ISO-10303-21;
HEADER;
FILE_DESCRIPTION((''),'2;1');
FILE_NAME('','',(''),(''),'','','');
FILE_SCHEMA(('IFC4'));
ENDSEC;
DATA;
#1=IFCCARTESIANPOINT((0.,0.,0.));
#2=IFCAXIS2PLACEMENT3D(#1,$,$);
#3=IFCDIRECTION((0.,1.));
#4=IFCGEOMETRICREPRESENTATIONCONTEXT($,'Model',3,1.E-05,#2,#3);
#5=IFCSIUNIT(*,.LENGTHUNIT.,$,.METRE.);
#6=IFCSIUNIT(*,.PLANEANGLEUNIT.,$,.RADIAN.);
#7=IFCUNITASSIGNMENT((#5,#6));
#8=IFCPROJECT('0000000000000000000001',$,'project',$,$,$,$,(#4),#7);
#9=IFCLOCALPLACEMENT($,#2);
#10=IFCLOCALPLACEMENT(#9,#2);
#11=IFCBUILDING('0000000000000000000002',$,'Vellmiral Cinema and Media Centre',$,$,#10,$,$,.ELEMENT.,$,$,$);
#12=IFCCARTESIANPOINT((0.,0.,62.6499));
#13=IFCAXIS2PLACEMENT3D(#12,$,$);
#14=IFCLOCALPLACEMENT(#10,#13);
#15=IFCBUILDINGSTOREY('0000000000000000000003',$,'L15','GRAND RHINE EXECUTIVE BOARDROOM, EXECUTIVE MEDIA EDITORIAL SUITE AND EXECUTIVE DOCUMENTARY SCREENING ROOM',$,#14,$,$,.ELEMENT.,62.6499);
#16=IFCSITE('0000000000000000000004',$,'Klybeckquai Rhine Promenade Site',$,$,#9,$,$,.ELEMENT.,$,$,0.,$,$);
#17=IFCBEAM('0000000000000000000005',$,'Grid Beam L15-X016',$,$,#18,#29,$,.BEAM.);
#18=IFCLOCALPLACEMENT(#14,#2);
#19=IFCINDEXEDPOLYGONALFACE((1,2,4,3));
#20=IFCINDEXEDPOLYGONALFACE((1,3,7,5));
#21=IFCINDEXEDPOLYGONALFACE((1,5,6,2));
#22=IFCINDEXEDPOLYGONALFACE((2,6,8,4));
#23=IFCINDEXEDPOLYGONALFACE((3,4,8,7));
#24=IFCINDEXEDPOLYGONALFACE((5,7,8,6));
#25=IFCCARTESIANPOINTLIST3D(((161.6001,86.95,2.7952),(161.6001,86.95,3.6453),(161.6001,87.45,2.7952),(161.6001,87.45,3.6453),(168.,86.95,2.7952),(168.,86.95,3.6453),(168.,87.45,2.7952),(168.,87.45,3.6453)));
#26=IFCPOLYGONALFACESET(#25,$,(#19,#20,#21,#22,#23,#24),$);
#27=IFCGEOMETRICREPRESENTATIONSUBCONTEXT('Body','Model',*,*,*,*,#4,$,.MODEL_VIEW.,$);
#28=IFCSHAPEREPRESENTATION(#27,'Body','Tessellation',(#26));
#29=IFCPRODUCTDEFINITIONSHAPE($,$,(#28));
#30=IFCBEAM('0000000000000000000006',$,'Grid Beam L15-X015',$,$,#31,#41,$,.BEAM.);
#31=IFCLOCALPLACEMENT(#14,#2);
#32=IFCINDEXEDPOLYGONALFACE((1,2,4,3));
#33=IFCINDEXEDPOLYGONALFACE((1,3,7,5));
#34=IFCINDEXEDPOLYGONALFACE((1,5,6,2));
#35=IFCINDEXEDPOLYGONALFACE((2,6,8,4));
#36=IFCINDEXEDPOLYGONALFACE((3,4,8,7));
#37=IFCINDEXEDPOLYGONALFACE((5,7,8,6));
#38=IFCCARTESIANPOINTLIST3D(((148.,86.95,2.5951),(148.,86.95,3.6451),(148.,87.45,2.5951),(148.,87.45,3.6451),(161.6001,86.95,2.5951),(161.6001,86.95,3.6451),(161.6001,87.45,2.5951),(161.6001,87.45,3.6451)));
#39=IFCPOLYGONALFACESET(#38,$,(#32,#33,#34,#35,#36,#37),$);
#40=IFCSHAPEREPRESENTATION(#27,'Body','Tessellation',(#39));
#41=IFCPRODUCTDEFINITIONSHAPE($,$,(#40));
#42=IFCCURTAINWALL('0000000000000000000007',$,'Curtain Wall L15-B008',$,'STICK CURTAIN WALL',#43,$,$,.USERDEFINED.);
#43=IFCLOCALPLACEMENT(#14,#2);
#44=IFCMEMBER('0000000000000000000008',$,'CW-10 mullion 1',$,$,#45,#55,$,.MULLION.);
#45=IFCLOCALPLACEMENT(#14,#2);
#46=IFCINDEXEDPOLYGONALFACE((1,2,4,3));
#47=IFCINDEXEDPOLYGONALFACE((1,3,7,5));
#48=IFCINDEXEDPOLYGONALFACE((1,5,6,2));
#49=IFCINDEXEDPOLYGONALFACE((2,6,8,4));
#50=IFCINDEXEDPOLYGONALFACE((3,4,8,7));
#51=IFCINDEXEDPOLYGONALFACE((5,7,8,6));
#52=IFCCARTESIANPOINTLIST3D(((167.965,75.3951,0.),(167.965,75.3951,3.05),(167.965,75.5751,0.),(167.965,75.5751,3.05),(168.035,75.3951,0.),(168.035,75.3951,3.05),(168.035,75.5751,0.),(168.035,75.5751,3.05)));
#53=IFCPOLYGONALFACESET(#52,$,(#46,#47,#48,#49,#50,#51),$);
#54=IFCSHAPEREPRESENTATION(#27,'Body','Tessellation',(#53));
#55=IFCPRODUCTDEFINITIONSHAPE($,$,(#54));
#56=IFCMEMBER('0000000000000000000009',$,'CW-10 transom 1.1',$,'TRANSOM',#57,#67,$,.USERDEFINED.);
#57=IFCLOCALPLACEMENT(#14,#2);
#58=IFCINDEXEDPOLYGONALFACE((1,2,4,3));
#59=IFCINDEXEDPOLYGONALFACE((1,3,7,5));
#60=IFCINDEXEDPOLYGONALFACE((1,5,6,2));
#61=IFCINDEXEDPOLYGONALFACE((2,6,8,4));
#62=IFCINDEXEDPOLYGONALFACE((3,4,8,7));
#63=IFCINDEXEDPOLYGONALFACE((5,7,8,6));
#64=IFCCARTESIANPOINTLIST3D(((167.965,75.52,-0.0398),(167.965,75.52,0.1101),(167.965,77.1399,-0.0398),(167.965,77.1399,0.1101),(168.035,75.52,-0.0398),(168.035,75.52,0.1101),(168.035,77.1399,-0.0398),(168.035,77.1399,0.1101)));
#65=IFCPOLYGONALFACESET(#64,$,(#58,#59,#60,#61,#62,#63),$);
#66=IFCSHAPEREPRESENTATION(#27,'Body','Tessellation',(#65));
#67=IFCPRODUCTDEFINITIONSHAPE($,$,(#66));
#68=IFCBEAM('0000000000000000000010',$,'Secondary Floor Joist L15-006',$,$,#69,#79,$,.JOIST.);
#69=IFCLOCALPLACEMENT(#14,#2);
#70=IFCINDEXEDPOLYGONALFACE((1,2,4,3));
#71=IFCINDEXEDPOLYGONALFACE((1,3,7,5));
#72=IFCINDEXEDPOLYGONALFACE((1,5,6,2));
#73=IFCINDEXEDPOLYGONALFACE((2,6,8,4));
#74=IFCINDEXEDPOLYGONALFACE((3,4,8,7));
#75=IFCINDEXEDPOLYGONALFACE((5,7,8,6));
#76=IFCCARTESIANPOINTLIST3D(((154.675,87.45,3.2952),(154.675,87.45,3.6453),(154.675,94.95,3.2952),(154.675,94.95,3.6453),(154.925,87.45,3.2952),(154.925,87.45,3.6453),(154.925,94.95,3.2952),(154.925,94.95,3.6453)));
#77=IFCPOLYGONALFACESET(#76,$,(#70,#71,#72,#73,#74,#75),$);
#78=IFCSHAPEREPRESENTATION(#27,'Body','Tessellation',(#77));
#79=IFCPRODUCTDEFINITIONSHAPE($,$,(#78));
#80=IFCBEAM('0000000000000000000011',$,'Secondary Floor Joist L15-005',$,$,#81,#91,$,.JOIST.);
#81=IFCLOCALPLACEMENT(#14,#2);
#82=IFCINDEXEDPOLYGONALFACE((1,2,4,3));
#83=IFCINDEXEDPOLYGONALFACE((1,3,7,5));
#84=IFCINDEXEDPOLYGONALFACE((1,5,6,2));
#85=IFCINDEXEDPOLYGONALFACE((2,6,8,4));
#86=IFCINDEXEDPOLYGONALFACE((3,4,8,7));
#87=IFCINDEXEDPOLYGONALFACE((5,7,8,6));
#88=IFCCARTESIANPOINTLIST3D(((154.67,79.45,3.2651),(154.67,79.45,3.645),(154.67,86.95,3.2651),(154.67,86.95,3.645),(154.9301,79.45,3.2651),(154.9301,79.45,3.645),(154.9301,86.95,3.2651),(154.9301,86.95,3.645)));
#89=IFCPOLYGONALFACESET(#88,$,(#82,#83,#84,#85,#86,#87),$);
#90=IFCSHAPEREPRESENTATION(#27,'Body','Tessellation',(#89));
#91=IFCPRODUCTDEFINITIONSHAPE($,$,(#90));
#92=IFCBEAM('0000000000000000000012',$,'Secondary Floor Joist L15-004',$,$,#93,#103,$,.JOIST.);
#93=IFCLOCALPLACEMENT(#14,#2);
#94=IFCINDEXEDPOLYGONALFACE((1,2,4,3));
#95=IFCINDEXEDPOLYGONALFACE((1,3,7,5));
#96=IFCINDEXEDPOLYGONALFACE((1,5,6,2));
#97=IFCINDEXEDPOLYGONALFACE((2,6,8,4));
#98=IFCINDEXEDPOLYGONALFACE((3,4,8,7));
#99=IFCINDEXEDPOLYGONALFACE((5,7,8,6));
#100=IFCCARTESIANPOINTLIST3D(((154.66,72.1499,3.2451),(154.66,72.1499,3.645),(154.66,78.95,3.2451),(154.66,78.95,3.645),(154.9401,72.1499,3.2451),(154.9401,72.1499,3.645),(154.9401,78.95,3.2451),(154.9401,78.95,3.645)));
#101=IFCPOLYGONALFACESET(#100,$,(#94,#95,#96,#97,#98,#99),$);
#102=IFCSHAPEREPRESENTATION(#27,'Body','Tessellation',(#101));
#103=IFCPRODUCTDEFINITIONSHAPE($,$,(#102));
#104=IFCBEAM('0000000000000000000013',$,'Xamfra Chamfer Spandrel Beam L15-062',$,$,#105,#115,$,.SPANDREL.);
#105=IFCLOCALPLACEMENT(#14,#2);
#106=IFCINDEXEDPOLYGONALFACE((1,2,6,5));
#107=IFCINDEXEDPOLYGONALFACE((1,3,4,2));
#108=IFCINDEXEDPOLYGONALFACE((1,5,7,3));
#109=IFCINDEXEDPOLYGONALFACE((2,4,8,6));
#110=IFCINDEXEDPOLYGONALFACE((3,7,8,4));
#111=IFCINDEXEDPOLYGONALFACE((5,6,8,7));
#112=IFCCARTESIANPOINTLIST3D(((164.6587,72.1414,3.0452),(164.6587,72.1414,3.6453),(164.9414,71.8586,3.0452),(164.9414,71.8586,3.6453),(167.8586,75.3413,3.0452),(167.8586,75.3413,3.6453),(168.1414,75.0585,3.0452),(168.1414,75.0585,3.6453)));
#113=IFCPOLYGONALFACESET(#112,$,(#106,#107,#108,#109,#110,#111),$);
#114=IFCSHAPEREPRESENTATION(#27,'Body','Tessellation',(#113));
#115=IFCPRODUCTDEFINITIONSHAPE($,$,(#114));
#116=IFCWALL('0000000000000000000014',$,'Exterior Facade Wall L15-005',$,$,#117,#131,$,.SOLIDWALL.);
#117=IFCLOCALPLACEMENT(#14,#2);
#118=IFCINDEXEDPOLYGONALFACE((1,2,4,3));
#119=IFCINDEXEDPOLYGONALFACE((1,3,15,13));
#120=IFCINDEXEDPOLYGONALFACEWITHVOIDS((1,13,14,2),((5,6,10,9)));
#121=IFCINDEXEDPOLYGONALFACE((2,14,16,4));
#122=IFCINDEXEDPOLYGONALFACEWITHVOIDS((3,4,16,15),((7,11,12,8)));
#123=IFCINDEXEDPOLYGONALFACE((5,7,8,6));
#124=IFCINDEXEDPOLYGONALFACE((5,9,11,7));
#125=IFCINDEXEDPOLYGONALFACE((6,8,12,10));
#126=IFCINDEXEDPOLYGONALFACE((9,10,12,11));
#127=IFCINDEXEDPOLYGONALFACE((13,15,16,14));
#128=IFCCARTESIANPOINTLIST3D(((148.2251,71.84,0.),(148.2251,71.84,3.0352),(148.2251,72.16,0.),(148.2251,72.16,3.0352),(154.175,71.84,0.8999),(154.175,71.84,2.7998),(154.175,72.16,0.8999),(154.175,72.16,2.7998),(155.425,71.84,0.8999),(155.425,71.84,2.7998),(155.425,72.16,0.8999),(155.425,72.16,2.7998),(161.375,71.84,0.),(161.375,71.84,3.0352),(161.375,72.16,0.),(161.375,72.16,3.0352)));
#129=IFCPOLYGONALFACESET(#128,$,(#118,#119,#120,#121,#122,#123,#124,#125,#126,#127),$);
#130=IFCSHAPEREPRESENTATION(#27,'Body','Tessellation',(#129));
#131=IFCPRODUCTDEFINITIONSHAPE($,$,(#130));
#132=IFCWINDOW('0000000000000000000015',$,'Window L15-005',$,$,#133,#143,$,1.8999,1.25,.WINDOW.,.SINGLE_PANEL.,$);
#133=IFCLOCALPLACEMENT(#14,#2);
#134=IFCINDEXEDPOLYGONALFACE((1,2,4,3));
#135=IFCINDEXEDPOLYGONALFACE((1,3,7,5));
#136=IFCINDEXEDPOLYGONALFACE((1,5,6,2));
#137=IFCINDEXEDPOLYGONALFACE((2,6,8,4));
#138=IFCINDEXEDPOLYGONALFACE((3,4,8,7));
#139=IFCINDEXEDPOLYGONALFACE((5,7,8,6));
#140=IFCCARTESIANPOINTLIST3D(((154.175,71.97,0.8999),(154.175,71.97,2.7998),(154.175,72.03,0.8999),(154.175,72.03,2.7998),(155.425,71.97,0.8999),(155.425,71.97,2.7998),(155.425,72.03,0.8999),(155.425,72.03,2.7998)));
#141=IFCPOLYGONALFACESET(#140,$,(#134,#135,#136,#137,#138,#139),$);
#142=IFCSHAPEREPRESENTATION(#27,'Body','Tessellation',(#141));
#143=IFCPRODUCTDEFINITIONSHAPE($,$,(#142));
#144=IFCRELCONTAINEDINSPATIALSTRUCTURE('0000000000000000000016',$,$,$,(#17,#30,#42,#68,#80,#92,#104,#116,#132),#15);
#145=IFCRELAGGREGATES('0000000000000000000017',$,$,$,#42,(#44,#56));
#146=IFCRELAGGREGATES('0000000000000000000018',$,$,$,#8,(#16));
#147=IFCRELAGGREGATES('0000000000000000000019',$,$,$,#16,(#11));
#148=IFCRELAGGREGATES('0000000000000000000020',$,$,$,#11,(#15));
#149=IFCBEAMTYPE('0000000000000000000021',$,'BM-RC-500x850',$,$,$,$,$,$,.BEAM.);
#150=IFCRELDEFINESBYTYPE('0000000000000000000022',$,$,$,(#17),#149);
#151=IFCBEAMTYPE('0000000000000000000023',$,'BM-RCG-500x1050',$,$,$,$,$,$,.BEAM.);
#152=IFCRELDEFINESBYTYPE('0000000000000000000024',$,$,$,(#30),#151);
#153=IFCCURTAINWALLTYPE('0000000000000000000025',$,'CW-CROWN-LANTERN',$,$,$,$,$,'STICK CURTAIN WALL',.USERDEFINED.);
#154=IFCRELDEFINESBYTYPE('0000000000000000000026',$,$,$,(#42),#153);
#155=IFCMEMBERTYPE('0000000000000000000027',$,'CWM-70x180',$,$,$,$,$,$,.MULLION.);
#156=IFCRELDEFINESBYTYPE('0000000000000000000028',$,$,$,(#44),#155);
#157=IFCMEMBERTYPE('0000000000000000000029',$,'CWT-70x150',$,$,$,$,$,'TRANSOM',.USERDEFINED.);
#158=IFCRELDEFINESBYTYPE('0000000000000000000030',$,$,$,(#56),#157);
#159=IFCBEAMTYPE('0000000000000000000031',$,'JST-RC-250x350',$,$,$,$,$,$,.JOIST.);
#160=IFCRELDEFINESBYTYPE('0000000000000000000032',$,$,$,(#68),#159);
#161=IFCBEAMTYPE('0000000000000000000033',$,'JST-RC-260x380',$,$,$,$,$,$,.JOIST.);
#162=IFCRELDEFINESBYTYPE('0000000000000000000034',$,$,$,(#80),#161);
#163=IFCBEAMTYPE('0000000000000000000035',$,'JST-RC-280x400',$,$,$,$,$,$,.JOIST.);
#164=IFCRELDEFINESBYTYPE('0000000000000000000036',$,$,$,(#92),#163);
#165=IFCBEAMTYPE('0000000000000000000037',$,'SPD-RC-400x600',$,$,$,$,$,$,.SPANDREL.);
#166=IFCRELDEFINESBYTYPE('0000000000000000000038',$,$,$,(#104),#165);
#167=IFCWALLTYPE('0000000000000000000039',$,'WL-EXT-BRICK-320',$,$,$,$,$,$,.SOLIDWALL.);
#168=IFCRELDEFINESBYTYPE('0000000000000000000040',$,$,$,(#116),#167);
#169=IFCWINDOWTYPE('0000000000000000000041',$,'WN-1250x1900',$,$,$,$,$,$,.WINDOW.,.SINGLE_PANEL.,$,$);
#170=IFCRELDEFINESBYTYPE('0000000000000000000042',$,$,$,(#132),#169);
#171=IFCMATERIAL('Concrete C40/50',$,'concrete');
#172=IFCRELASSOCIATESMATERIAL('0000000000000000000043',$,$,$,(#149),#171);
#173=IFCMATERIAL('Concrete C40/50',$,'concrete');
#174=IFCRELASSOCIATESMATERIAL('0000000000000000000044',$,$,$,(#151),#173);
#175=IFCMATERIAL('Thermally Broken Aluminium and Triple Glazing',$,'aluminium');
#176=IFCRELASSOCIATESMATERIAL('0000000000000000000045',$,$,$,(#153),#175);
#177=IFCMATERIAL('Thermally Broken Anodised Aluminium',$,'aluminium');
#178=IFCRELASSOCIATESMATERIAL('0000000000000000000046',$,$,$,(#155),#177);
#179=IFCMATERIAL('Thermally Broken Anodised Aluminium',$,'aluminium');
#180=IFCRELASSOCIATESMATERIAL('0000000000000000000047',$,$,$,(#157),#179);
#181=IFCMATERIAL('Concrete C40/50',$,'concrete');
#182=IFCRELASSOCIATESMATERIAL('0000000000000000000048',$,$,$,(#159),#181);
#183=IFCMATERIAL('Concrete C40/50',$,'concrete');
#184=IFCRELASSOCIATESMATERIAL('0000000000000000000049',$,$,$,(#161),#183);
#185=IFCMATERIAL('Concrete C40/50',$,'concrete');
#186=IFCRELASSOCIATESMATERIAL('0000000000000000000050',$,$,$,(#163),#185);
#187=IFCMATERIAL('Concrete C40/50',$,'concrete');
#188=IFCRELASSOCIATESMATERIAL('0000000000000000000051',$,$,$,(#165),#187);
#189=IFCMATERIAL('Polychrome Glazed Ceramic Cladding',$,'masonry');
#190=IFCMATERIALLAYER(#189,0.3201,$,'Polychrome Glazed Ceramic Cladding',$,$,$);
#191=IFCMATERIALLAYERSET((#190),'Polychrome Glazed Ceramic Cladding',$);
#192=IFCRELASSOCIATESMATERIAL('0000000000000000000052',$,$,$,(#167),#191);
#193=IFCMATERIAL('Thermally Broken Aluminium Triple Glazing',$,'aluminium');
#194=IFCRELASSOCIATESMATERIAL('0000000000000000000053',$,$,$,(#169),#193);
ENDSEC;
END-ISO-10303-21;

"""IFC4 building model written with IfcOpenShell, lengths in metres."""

from ifc_helpers import new_model, si_unit, direction, frame, frame_2d, origin, origin_2d, place, context, subcontext, project, spatial, rectangle, extrude, material, layer, layer_set, material_profile, profile_set, type_object, element, fill, aggregate, save


model = new_model("IFC4")

# Units and contexts
model_context = context("Model", 3, precision=1e-05, world=origin(), true_north=direction((0.0, 1.0)))
body_context = subcontext(model_context, "Body", "Model", "MODEL_VIEW")
ifc_project = project(units=[si_unit("LENGTHUNIT", "METRE"), si_unit("PLANEANGLEUNIT", "RADIAN")], contexts=[model_context])

# Site, building, storey
site_placement = place(None, origin())
site = spatial("IfcSite", under=ifc_project, at=site_placement, Name="Klybeckquai Rhine Promenade Site", CompositionType="ELEMENT", RefElevation=0.0)
building_placement = place(site_placement, origin())
building = spatial("IfcBuilding", under=site, at=building_placement, Name="Vellmiral Cinema and Media Centre", CompositionType="ELEMENT")
storey_placement = place(building_placement, frame((0.0, 0.0, 62.6499)))
storey = spatial("IfcBuildingStorey", under=building, at=storey_placement, Name="L15", Description="GRAND RHINE EXECUTIVE BOARDROOM, EXECUTIVE MEDIA EDITORIAL SUITE AND EXECUTIVE DOCUMENTARY SCREENING ROOM", CompositionType="ELEMENT", Elevation=62.6499)

# Beams
ifc_material_1 = material(Name="Concrete C40/50", Category="concrete")
ifc_material_profile_1 = material_profile(ifc_material_1, rectangle(XDim=0.5, YDim=0.8501, at=origin_2d()), Name="RC 500x850")
ifc_profile_set_1 = profile_set([ifc_material_profile_1], Name="Concrete C40/50")
beam_type_1 = type_object("IfcBeamType", Name="BM-RC-500x850", PredefinedType="BEAM", material=ifc_profile_set_1)
beam_1_placement = place(storey_placement, frame((161.6001, 87.2, 3.2202), z_axis=(1.0, 0.0, 0.0), x_axis=(0.0, 1.0, 0.0)))
element("IfcBeam", 1, at=beam_1_placement, inside=storey, type_object=beam_type_1, Name="Grid Beam L15-X016", PredefinedType="BEAM", context=body_context, shape_type="SweptSolid", body=[
    extrude(rectangle(XDim=0.5, YDim=0.8501, at=origin_2d()), origin(), (0.0, 0.0, 1.0), 6.3999),
])
ifc_material_2 = material(Name="Concrete C40/50", Category="concrete")
ifc_material_profile_2 = material_profile(ifc_material_2, rectangle(XDim=0.5, YDim=1.05, at=origin_2d()), Name="RC 500x1050")
ifc_profile_set_2 = profile_set([ifc_material_profile_2], Name="Concrete C40/50")
beam_type_2 = type_object("IfcBeamType", Name="BM-RCG-500x1050", PredefinedType="BEAM", material=ifc_profile_set_2)
beam_2_placement = place(storey_placement, frame((148.0, 87.2, 3.1201), z_axis=(1.0, 0.0, 0.0), x_axis=(0.0, 1.0, 0.0)))
element("IfcBeam", 2, at=beam_2_placement, inside=storey, type_object=beam_type_2, Name="Grid Beam L15-X015", PredefinedType="BEAM", context=body_context, shape_type="SweptSolid", body=[
    extrude(rectangle(XDim=0.5, YDim=1.05, at=origin_2d()), origin(), (0.0, 0.0, 1.0), 13.6001),
])

# Curtain wall, members
ifc_material_3 = material(Name="Thermally Broken Aluminium and Triple Glazing", Category="aluminium")
curtain_wall_type = type_object("IfcCurtainWallType", Name="CW-CROWN-LANTERN", ElementType="STICK CURTAIN WALL", PredefinedType="USERDEFINED", material=ifc_material_3)
curtain_wall_placement = place(storey_placement, origin())
curtain_wall = element("IfcCurtainWall", 3, at=curtain_wall_placement, inside=storey, type_object=curtain_wall_type, Name="Curtain Wall L15-B008", ObjectType="STICK CURTAIN WALL", PredefinedType="USERDEFINED")
ifc_material_4 = material(Name="Thermally Broken Anodised Aluminium", Category="aluminium")
ifc_material_profile_3 = material_profile(ifc_material_4, rectangle(XDim=0.0701, YDim=0.1799, at=origin_2d()), Name="MULL 70x180")
ifc_profile_set_3 = profile_set([ifc_material_profile_3], Name="Thermally Broken Anodised Aluminium")
member_type_1 = type_object("IfcMemberType", Name="CWM-70x180", PredefinedType="MULLION", material=ifc_profile_set_3)
member_1_placement = place(storey_placement, frame((168.0, 75.4851, 0.0), z_axis=(0.0, 0.0, 1.0), x_axis=(-1.0, 0.0, 0.0)))
member_1 = element("IfcMember", 4, at=member_1_placement, type_object=member_type_1, Name="CW-10 mullion 1", PredefinedType="MULLION", context=body_context, shape_type="SweptSolid", body=[
    extrude(rectangle(XDim=0.0701, YDim=0.1799, at=origin_2d()), origin(), (0.0, 0.0, 1.0), 3.05),
])
ifc_material_5 = material(Name="Thermally Broken Anodised Aluminium", Category="aluminium")
ifc_material_profile_4 = material_profile(ifc_material_5, rectangle(XDim=0.0701, YDim=0.1499, at=origin_2d()), Name="MULL 70x150")
ifc_profile_set_4 = profile_set([ifc_material_profile_4], Name="Thermally Broken Anodised Aluminium")
member_type_2 = type_object("IfcMemberType", Name="CWT-70x150", ElementType="TRANSOM", PredefinedType="USERDEFINED", material=ifc_profile_set_4)
member_2_placement = place(storey_placement, frame((168.0, 75.52, 0.0352), z_axis=(0.0, 1.0, 0.0), x_axis=(-1.0, 0.0, 0.0)))
member_2 = element("IfcMember", 5, at=member_2_placement, type_object=member_type_2, Name="CW-10 transom 1.1", ObjectType="TRANSOM", PredefinedType="USERDEFINED", context=body_context, shape_type="SweptSolid", body=[
    extrude(rectangle(XDim=0.0701, YDim=0.1499, at=origin_2d()), origin(), (0.0, 0.0, 1.0), 1.6199),
])
aggregate(curtain_wall, [member_1, member_2])

# Beams
ifc_material_6 = material(Name="Concrete C40/50", Category="concrete")
ifc_material_profile_5 = material_profile(ifc_material_6, rectangle(XDim=0.25, YDim=0.3501, at=origin_2d()), Name="RC 250x350")
ifc_profile_set_5 = profile_set([ifc_material_profile_5], Name="Concrete C40/50")
beam_type_3 = type_object("IfcBeamType", Name="JST-RC-250x350", PredefinedType="JOIST", material=ifc_profile_set_5)
beam_3_placement = place(storey_placement, frame((154.8, 87.45, 3.4702), z_axis=(0.0, 1.0, 0.0), x_axis=(-1.0, 0.0, 0.0)))
element("IfcBeam", 6, at=beam_3_placement, inside=storey, type_object=beam_type_3, Name="Secondary Floor Joist L15-006", PredefinedType="JOIST", context=body_context, shape_type="SweptSolid", body=[
    extrude(rectangle(XDim=0.25, YDim=0.3501, at=origin_2d()), origin(), (0.0, 0.0, 1.0), 7.5),
])
ifc_material_7 = material(Name="Concrete C40/50", Category="concrete")
ifc_material_profile_6 = material_profile(ifc_material_7, rectangle(XDim=0.26, YDim=0.3799, at=origin_2d()), Name="RC 260x380")
ifc_profile_set_6 = profile_set([ifc_material_profile_6], Name="Concrete C40/50")
beam_type_4 = type_object("IfcBeamType", Name="JST-RC-260x380", PredefinedType="JOIST", material=ifc_profile_set_6)
beam_4_placement = place(storey_placement, frame((154.8, 79.45, 3.4551), z_axis=(0.0, 1.0, 0.0), x_axis=(-1.0, 0.0, 0.0)))
element("IfcBeam", 7, at=beam_4_placement, inside=storey, type_object=beam_type_4, Name="Secondary Floor Joist L15-005", PredefinedType="JOIST", context=body_context, shape_type="SweptSolid", body=[
    extrude(rectangle(XDim=0.26, YDim=0.3799, at=origin_2d()), origin(), (0.0, 0.0, 1.0), 7.5),
])
ifc_material_8 = material(Name="Concrete C40/50", Category="concrete")
ifc_material_profile_7 = material_profile(ifc_material_8, rectangle(XDim=0.28, YDim=0.3999, at=origin_2d()), Name="RC 280x400")
ifc_profile_set_7 = profile_set([ifc_material_profile_7], Name="Concrete C40/50")
beam_type_5 = type_object("IfcBeamType", Name="JST-RC-280x400", PredefinedType="JOIST", material=ifc_profile_set_7)
beam_5_placement = place(storey_placement, frame((154.8, 72.1499, 3.4451), z_axis=(0.0, 1.0, 0.0), x_axis=(-1.0, 0.0, 0.0)))
element("IfcBeam", 8, at=beam_5_placement, inside=storey, type_object=beam_type_5, Name="Secondary Floor Joist L15-004", PredefinedType="JOIST", context=body_context, shape_type="SweptSolid", body=[
    extrude(rectangle(XDim=0.28, YDim=0.3999, at=origin_2d()), origin(), (0.0, 0.0, 1.0), 6.8),
])
ifc_material_9 = material(Name="Concrete C40/50", Category="concrete")
ifc_material_profile_8 = material_profile(ifc_material_9, rectangle(XDim=0.3999, YDim=0.6001, at=origin_2d()), Name="RC 400x600")
ifc_profile_set_8 = profile_set([ifc_material_profile_8], Name="Concrete C40/50")
beam_type_6 = type_object("IfcBeamType", Name="SPD-RC-400x600", PredefinedType="SPANDREL", material=ifc_profile_set_8)
beam_6_placement = place(storey_placement, frame((164.8, 72.0, 3.3452), z_axis=(0.707107, 0.707107, 0.0), x_axis=(-0.707107, 0.707107, 0.0)))
element("IfcBeam", 9, at=beam_6_placement, inside=storey, type_object=beam_type_6, Name="Xamfra Chamfer Spandrel Beam L15-062", PredefinedType="SPANDREL", context=body_context, shape_type="SweptSolid", body=[
    extrude(rectangle(XDim=0.3999, YDim=0.6001, at=origin_2d()), origin(), (0.0, 0.0, 1.0), 4.5254),
])

# Wall, opening, window
ifc_material_10 = material(Name="Polychrome Glazed Ceramic Cladding", Category="masonry")
ifc_layer_1 = layer(ifc_material_10, 0.3201, Name="Polychrome Glazed Ceramic Cladding")
ifc_layer_set_1 = layer_set([ifc_layer_1], Name="Polychrome Glazed Ceramic Cladding")
wall_type_1 = type_object("IfcWallType", Name="WL-EXT-BRICK-320", PredefinedType="SOLIDWALL", material=ifc_layer_set_1)
wall_1_placement = place(storey_placement, frame((148.2251, 72.0, 0.0), z_axis=(0.0, 0.0, 1.0), x_axis=(1.0, 0.0, 0.0)))
wall_1 = element("IfcWall", 10, at=wall_1_placement, inside=storey, type_object=wall_type_1, Name="Exterior Facade Wall L15-005", PredefinedType="SOLIDWALL", context=body_context, shape_type="SweptSolid", body=[
    extrude(rectangle(XDim=13.1499, YDim=0.3201, at=frame_2d((6.575, 0.0))), origin(), (0.0, 0.0, 1.0), 3.0352),
])
opening_1_placement = place(wall_1_placement, frame((5.95, 0.0, 0.8999)))
opening_1 = element("IfcOpeningElement", 11, at=opening_1_placement, cuts=wall_1, PredefinedType="OPENING", context=body_context, shape_type="SweptSolid", body=[
    extrude(rectangle(XDim=1.25, YDim=1.8999, at=frame_2d((0.625, 0.95))), frame((0.0, 0.1719, 0.0), z_axis=(0.0, -1.0, 0.0), x_axis=(1.0, 0.0, 0.0)), (0.0, 0.0, 1.0), 0.344),
])
ifc_material_11 = material(Name="Thermally Broken Aluminium Triple Glazing", Category="aluminium")
window_type_1 = type_object("IfcWindowType", Name="WN-1250x1900", PartitioningType="SINGLE_PANEL", PredefinedType="WINDOW", material=ifc_material_11)
window_1_placement = place(opening_1_placement, origin())
window_1 = element("IfcWindow", 12, at=window_1_placement, inside=storey, type_object=window_type_1, Name="Window L15-005", OverallHeight=1.8999, OverallWidth=1.25, PartitioningType="SINGLE_PANEL", PredefinedType="WINDOW", context=body_context, shape_type="SweptSolid", body=[
    extrude(rectangle(XDim=1.25, YDim=1.8999, at=frame_2d((0.625, 0.95))), frame((0.0, 0.03, 0.0), z_axis=(0.0, -1.0, 0.0), x_axis=(1.0, 0.0, 0.0)), (0.0, 0.0, 1.0), 0.0601),
])
fill(opening_1, window_1)

save(model, "model.ifc")
